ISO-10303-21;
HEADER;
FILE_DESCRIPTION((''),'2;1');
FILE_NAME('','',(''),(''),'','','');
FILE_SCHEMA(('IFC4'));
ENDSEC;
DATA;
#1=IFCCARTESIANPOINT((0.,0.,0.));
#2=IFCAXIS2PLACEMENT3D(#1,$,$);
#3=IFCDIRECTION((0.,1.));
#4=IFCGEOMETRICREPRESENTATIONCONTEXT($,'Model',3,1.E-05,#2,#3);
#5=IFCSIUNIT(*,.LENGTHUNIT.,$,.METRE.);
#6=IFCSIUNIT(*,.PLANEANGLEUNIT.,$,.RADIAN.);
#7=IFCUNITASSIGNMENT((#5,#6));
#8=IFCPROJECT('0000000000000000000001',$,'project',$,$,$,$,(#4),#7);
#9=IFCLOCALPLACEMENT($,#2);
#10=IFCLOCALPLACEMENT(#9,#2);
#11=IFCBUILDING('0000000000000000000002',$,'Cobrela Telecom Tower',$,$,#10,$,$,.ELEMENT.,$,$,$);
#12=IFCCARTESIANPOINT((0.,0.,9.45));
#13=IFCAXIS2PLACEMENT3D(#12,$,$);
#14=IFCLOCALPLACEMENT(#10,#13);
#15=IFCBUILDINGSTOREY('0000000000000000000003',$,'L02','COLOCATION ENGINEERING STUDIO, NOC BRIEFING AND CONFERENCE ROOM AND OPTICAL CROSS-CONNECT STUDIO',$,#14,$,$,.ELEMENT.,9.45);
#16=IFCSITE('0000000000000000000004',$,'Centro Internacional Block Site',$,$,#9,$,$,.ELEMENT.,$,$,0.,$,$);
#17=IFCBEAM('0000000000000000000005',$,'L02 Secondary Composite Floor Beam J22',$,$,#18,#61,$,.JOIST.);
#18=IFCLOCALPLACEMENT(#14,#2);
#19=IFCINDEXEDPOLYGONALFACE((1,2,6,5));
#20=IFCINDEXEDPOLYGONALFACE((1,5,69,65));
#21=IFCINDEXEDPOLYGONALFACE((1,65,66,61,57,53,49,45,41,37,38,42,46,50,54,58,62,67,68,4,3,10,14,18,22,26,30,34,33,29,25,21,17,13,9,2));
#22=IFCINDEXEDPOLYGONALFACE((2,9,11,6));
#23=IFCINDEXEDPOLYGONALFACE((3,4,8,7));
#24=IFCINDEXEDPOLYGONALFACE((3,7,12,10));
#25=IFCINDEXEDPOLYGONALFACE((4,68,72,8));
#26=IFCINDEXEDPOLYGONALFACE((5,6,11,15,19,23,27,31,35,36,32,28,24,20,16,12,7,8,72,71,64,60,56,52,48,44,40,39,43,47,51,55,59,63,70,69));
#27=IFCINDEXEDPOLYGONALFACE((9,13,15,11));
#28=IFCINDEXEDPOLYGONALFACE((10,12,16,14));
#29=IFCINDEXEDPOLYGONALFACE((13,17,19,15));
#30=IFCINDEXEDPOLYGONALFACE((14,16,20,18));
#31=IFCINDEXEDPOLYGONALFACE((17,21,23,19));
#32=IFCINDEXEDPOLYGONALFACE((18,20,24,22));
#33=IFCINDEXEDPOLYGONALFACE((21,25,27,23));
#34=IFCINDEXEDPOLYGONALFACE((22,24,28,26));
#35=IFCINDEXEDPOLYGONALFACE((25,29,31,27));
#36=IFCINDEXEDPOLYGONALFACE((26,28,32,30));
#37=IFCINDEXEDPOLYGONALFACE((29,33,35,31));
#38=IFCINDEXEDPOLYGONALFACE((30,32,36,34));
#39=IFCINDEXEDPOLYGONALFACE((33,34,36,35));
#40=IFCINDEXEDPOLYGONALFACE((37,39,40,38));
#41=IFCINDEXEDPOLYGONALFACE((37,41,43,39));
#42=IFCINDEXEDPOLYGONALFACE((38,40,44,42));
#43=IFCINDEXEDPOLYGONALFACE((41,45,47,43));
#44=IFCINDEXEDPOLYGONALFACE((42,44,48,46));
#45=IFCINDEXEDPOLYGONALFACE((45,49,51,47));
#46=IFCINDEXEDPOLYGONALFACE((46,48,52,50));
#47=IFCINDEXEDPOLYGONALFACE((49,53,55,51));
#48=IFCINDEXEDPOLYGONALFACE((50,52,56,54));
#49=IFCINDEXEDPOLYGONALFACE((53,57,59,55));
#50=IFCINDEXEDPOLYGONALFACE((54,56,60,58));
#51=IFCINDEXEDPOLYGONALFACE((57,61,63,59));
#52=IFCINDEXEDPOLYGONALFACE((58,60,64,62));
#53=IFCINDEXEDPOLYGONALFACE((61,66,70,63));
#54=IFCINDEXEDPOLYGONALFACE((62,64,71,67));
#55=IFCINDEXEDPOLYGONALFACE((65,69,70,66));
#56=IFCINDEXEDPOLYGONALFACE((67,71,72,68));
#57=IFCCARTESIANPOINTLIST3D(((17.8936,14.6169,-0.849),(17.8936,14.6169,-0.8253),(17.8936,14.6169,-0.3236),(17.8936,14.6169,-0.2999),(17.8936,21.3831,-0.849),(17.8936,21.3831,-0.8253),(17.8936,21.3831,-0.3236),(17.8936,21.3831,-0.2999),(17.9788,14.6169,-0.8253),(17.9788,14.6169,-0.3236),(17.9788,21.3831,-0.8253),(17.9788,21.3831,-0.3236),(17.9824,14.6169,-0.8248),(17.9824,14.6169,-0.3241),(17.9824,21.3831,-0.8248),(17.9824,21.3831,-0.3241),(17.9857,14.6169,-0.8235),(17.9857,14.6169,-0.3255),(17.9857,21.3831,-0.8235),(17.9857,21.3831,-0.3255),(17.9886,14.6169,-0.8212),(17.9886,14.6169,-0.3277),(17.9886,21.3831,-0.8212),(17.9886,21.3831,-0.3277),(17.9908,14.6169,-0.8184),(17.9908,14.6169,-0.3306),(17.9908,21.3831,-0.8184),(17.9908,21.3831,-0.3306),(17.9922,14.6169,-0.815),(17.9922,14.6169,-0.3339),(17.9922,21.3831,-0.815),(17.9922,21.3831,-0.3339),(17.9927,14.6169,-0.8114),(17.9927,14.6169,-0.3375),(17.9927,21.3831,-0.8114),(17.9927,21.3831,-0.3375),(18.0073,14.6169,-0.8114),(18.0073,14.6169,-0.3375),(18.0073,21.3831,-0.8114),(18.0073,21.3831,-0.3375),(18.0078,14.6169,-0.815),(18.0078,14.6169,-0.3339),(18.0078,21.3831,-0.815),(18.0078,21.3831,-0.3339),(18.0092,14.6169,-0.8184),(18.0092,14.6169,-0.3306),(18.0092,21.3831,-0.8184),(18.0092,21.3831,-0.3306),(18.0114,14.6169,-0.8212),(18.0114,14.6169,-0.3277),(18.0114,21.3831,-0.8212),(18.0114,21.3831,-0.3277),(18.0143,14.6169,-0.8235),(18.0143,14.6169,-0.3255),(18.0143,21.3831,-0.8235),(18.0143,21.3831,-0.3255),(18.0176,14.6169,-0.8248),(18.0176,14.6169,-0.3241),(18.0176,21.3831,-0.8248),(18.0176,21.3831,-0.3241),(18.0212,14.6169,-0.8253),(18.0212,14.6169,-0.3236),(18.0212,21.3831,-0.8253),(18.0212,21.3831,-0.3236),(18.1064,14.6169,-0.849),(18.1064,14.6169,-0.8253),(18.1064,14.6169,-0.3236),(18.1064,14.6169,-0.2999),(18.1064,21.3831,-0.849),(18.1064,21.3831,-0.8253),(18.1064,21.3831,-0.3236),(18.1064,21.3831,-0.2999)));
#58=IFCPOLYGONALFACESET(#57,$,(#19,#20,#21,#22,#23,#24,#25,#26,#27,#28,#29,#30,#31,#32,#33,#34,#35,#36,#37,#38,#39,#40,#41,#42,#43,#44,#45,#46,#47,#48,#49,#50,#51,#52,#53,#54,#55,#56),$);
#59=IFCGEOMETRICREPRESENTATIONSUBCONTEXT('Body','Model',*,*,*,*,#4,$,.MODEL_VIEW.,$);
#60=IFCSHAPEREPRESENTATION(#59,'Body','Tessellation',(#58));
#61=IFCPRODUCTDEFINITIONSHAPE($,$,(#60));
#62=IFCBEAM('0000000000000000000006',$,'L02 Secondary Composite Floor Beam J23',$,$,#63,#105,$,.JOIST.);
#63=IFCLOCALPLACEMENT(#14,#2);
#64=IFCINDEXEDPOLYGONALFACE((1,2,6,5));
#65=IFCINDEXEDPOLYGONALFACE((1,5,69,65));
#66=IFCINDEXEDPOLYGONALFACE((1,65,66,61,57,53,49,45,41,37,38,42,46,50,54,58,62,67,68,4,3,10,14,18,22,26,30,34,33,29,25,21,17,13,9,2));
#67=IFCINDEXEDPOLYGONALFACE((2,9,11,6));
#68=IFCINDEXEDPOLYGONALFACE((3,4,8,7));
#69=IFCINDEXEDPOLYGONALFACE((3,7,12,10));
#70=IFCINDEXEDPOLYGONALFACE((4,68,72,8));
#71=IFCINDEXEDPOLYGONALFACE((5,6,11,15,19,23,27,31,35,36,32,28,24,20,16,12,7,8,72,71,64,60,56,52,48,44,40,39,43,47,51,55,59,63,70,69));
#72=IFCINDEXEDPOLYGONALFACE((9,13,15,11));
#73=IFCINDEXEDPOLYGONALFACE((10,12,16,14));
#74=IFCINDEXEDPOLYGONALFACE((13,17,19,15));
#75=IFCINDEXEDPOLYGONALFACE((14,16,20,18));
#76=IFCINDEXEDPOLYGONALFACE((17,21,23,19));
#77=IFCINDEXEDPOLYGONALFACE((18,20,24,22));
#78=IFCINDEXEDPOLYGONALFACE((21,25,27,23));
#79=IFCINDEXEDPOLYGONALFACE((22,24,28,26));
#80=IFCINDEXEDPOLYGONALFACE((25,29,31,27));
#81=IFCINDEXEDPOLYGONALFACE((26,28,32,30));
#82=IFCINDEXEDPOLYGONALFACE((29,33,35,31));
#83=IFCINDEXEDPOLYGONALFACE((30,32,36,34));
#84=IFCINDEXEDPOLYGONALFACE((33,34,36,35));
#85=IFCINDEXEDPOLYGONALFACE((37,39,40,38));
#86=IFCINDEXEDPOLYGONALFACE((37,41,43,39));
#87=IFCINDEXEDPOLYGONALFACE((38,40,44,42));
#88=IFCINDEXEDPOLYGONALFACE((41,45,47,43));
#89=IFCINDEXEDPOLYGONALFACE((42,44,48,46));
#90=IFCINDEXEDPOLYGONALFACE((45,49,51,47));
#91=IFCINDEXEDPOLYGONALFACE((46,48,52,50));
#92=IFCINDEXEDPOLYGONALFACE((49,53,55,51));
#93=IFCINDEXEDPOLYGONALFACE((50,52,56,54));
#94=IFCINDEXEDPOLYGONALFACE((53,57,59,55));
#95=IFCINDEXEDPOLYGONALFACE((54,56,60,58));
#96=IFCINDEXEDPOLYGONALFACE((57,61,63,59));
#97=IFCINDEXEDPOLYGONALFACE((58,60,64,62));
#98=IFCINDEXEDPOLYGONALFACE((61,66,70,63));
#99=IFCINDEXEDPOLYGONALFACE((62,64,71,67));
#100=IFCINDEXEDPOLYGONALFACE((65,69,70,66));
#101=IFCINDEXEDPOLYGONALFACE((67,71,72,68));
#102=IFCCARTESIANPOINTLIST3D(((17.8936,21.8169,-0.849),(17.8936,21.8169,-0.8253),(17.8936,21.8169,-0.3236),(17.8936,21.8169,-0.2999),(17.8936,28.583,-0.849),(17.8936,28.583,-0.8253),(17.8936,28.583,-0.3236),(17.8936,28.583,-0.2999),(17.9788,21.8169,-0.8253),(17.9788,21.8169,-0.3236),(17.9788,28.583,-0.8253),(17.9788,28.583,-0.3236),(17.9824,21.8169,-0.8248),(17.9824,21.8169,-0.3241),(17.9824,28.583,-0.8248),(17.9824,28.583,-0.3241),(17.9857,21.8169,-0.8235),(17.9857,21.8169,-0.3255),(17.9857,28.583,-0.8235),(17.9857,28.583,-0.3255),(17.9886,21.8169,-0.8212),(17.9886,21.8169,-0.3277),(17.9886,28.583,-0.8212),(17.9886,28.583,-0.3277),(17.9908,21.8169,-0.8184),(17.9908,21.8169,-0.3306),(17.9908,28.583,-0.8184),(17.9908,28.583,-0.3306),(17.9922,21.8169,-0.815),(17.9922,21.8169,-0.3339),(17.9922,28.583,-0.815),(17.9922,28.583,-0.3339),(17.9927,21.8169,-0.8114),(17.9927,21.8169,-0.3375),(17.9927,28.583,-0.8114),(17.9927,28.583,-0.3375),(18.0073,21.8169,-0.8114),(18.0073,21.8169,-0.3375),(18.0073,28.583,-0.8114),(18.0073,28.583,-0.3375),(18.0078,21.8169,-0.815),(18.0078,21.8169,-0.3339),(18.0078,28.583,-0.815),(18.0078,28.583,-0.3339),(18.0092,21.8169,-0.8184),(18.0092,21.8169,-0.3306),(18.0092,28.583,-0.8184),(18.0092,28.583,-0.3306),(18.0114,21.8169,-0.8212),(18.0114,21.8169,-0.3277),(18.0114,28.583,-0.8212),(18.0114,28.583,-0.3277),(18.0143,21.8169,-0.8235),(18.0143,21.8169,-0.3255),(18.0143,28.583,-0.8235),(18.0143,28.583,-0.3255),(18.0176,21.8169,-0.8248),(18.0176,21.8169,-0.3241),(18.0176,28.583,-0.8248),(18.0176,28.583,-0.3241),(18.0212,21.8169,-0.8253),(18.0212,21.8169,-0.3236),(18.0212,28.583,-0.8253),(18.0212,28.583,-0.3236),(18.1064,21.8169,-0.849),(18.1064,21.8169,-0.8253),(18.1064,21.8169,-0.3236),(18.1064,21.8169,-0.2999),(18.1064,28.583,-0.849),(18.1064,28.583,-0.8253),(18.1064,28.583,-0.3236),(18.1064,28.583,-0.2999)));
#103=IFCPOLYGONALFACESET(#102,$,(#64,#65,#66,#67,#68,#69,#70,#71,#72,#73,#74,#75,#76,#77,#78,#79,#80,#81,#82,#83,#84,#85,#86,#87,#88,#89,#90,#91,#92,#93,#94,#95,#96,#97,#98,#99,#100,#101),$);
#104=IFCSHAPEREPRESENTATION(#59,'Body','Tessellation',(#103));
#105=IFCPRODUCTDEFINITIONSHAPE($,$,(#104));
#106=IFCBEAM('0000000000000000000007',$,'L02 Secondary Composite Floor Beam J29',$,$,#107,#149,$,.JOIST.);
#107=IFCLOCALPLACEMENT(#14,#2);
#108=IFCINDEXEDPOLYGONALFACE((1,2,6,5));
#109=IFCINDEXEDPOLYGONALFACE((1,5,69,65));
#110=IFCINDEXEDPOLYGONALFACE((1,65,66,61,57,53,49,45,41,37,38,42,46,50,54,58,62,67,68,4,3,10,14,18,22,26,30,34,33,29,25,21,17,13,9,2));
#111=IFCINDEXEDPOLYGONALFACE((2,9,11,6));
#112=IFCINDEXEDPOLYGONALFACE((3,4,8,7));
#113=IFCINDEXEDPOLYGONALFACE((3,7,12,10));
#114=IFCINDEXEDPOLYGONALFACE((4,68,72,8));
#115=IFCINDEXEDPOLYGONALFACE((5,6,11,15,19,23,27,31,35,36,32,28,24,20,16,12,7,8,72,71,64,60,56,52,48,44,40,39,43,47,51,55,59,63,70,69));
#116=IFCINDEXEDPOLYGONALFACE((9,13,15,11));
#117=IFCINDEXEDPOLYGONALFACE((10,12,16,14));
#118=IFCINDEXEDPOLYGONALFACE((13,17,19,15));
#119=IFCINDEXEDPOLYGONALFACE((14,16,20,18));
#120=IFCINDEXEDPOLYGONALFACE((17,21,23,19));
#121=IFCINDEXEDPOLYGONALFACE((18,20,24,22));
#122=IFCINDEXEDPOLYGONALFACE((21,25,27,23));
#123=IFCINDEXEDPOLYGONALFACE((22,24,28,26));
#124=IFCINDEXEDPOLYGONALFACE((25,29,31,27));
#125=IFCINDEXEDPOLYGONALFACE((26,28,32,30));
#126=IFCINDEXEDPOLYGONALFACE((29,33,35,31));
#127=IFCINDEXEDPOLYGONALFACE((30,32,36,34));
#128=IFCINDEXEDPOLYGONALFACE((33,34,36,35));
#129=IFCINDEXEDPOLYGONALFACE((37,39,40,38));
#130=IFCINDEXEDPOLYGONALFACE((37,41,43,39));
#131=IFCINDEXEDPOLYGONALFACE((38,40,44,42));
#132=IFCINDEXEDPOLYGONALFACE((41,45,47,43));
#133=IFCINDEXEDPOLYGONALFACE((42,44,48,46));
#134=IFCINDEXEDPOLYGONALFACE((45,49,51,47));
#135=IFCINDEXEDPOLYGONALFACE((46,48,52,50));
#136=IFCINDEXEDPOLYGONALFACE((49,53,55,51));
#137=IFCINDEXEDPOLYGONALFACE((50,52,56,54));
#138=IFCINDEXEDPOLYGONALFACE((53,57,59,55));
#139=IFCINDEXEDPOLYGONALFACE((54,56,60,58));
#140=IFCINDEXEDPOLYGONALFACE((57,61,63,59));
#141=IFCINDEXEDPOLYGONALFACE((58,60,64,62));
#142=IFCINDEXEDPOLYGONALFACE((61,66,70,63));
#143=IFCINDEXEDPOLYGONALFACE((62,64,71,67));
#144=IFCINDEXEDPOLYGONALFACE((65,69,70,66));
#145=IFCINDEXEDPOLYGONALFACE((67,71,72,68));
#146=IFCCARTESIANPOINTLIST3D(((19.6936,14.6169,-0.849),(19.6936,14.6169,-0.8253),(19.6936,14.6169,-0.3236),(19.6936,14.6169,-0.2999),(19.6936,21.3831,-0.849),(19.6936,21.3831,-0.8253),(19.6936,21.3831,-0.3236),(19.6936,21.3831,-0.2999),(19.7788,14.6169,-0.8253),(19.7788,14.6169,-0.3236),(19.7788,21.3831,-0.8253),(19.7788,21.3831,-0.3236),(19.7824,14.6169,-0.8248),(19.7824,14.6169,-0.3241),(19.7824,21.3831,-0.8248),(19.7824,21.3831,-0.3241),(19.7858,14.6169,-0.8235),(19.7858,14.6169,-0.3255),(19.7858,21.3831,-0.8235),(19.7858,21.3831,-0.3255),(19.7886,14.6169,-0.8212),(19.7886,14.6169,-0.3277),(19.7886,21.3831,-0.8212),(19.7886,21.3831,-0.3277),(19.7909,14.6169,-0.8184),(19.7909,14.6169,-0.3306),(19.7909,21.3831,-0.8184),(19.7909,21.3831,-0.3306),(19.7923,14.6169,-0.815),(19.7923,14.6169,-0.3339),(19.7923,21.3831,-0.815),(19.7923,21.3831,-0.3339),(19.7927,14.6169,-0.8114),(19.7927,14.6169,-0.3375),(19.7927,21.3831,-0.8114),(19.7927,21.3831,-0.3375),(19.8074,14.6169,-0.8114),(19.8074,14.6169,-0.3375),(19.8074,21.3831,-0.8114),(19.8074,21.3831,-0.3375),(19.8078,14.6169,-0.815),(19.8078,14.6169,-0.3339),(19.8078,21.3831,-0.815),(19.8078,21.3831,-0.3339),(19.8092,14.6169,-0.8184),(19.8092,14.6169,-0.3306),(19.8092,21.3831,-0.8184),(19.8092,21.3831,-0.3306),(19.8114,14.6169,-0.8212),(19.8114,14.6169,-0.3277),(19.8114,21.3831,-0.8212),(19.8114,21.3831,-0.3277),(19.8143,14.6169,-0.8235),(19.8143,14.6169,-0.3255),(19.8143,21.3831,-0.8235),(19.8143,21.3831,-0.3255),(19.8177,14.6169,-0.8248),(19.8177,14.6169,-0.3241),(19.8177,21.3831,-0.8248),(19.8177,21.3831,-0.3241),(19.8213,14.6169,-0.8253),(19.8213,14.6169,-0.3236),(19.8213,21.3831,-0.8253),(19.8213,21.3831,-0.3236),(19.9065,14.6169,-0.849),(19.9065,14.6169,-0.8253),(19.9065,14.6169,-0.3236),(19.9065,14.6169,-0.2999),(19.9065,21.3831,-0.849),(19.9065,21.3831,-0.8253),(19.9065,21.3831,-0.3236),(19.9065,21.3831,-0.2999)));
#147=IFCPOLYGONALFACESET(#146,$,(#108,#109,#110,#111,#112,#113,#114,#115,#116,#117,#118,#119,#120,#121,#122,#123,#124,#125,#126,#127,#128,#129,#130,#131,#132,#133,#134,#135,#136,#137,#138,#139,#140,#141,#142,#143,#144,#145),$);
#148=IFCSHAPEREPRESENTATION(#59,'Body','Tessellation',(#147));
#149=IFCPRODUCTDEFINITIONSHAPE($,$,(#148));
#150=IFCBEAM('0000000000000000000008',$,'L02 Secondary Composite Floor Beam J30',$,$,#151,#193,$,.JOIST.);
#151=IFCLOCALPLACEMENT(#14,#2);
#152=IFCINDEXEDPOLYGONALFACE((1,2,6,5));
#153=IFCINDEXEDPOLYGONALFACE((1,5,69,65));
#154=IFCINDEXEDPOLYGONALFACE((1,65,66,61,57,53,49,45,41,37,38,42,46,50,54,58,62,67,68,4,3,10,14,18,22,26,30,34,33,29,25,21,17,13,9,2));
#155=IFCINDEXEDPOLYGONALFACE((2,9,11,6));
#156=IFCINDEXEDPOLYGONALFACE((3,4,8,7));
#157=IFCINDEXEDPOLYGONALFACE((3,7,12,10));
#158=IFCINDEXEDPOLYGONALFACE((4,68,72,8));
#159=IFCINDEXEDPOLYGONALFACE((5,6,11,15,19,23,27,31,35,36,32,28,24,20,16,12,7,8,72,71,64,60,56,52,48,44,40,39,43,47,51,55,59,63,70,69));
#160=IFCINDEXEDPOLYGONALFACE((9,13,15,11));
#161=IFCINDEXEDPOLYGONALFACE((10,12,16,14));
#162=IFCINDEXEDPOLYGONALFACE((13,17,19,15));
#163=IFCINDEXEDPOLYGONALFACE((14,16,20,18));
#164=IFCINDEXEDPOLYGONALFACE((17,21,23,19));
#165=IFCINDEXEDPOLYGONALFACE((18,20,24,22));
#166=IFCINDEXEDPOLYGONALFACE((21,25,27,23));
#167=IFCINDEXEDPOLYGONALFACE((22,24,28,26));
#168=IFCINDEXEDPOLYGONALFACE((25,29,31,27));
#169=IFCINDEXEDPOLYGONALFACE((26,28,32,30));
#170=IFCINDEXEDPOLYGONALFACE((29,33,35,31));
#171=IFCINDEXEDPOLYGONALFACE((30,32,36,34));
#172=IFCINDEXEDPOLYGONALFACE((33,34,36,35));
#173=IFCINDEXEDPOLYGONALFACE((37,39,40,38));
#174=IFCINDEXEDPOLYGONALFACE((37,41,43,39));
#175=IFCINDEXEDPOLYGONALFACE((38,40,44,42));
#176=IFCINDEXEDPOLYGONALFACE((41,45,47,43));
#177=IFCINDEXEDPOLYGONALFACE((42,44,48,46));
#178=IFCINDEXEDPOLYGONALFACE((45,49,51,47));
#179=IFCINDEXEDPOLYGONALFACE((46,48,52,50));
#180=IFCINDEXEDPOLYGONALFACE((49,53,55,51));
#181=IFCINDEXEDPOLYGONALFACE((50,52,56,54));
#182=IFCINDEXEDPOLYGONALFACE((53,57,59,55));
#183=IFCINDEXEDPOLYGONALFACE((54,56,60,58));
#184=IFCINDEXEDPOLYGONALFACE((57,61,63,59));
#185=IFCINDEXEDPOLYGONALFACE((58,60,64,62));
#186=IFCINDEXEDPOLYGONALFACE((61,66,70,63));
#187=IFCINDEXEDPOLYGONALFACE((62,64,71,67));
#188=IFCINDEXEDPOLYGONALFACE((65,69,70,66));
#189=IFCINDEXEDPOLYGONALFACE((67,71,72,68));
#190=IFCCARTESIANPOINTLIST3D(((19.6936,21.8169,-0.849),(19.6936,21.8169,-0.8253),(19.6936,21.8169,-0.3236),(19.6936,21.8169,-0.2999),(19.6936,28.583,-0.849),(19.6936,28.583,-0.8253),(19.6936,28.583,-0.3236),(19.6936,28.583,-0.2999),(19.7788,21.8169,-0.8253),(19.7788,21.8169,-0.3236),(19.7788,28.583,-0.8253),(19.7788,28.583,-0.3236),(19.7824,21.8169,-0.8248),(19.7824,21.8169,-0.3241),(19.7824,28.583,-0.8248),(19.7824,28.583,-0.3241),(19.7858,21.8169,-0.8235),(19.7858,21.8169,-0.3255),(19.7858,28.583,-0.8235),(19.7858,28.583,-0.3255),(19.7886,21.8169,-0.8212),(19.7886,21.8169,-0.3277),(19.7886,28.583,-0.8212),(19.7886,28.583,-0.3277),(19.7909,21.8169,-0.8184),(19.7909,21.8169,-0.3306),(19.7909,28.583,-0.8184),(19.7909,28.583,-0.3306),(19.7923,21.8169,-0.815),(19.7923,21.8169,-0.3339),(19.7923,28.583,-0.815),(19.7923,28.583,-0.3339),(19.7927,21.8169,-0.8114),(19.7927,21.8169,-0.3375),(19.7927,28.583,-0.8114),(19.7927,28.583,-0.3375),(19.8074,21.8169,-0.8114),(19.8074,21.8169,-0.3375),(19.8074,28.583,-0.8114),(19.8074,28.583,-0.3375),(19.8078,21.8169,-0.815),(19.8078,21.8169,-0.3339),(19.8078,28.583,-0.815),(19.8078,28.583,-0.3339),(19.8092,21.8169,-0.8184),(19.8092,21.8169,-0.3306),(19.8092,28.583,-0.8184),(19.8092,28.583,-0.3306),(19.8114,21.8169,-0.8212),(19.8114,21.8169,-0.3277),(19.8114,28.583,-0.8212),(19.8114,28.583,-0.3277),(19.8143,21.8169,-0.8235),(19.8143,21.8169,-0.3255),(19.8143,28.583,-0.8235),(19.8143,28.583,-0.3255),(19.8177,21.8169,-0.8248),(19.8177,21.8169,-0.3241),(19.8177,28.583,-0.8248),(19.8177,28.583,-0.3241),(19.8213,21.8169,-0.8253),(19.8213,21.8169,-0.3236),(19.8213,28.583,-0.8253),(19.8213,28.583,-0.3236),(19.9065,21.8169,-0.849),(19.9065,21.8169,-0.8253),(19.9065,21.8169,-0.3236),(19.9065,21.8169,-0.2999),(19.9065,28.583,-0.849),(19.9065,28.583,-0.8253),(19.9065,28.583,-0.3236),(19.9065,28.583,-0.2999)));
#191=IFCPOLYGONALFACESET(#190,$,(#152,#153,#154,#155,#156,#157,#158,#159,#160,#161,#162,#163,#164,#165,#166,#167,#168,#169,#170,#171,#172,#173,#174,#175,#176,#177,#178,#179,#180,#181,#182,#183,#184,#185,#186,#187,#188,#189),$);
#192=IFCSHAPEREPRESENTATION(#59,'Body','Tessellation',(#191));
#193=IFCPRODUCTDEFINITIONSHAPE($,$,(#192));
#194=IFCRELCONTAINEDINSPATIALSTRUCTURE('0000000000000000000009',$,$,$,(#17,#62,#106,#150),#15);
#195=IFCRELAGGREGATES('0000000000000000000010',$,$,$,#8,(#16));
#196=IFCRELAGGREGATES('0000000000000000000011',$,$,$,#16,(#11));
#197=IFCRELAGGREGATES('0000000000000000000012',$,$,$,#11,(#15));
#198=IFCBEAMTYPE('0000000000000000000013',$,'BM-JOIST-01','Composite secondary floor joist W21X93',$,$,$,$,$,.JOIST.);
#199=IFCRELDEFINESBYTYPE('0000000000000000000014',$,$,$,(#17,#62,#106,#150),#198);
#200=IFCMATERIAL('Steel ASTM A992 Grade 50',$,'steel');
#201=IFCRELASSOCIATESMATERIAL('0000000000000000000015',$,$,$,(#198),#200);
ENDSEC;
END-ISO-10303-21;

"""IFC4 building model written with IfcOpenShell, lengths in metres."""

from ifc_helpers import new_model, si_unit, direction, frame, origin, origin_2d, place, context, subcontext, project, spatial, i_section, extrude, material, material_profile, profile_set, type_object, element, save


model = new_model("IFC4")

# Units and contexts
model_context = context("Model", 3, precision=1e-05, world=origin(), true_north=direction((0.0, 1.0)))
body_context = subcontext(model_context, "Body", "Model", "MODEL_VIEW")
ifc_project = project(units=[si_unit("LENGTHUNIT", "METRE"), si_unit("PLANEANGLEUNIT", "RADIAN")], contexts=[model_context])

# Site, building, storey
site_placement = place(None, origin())
site = spatial("IfcSite", under=ifc_project, at=site_placement, Name="Centro Internacional Block Site", CompositionType="ELEMENT", RefElevation=0.0)
building_placement = place(site_placement, origin())
building = spatial("IfcBuilding", under=site, at=building_placement, Name="Cobrela Telecom Tower", CompositionType="ELEMENT")
storey_placement = place(building_placement, frame((0.0, 0.0, 9.45)))
storey = spatial("IfcBuildingStorey", under=building, at=storey_placement, Name="L02", Description="COLOCATION ENGINEERING STUDIO, NOC BRIEFING AND CONFERENCE ROOM AND OPTICAL CROSS-CONNECT STUDIO", CompositionType="ELEMENT", Elevation=9.45)

# Beams
ifc_material_1 = material(Name="Steel ASTM A992 Grade 50", Category="steel")
ifc_material_profile_1 = material_profile(ifc_material_1, i_section(OverallWidth=0.2129, OverallDepth=0.5491, WebThickness=0.0146, FlangeThickness=0.0237, FilletRadius=0.0139, at=origin_2d()), Name="W21X93")
ifc_profile_set_1 = profile_set([ifc_material_profile_1], Name="Steel ASTM A992 Grade 50")
beam_type_1 = type_object("IfcBeamType", Name="BM-JOIST-01", Description="Composite secondary floor joist W21X93", PredefinedType="JOIST", material=ifc_profile_set_1)
for number, where, z_axis, x_axis, name in (
    (1, (18.0, 14.6169, -0.5745), (0.0, 1.0, 0.0), (-1.0, 0.0, 0.0), "L02 Secondary Composite Floor Beam J22"),
    (2, (18.0, 21.8169, -0.5745), (0.0, 1.0, 0.0), (-1.0, 0.0, 0.0), "L02 Secondary Composite Floor Beam J23"),
    (3, (19.8, 14.6169, -0.5745), (0.0, 1.0, 0.0), (-1.0, 0.0, 0.0), "L02 Secondary Composite Floor Beam J29"),
    (4, (19.8, 21.8169, -0.5745), (0.0, 1.0, 0.0), (-1.0, 0.0, 0.0), "L02 Secondary Composite Floor Beam J30"),
):
    element("IfcBeam", number, at=place(storey_placement, frame(where, z_axis=z_axis, x_axis=x_axis)), inside=storey, type_object=beam_type_1, Name=name, PredefinedType="JOIST", context=body_context, shape_type="SweptSolid", body=[
        extrude(i_section(OverallWidth=0.2129, OverallDepth=0.5491, WebThickness=0.0146, FlangeThickness=0.0237, FilletRadius=0.0139, at=origin_2d()), origin(), (0.0, 0.0, 1.0), 6.7661),
    ])

save(model, "model.ifc")
